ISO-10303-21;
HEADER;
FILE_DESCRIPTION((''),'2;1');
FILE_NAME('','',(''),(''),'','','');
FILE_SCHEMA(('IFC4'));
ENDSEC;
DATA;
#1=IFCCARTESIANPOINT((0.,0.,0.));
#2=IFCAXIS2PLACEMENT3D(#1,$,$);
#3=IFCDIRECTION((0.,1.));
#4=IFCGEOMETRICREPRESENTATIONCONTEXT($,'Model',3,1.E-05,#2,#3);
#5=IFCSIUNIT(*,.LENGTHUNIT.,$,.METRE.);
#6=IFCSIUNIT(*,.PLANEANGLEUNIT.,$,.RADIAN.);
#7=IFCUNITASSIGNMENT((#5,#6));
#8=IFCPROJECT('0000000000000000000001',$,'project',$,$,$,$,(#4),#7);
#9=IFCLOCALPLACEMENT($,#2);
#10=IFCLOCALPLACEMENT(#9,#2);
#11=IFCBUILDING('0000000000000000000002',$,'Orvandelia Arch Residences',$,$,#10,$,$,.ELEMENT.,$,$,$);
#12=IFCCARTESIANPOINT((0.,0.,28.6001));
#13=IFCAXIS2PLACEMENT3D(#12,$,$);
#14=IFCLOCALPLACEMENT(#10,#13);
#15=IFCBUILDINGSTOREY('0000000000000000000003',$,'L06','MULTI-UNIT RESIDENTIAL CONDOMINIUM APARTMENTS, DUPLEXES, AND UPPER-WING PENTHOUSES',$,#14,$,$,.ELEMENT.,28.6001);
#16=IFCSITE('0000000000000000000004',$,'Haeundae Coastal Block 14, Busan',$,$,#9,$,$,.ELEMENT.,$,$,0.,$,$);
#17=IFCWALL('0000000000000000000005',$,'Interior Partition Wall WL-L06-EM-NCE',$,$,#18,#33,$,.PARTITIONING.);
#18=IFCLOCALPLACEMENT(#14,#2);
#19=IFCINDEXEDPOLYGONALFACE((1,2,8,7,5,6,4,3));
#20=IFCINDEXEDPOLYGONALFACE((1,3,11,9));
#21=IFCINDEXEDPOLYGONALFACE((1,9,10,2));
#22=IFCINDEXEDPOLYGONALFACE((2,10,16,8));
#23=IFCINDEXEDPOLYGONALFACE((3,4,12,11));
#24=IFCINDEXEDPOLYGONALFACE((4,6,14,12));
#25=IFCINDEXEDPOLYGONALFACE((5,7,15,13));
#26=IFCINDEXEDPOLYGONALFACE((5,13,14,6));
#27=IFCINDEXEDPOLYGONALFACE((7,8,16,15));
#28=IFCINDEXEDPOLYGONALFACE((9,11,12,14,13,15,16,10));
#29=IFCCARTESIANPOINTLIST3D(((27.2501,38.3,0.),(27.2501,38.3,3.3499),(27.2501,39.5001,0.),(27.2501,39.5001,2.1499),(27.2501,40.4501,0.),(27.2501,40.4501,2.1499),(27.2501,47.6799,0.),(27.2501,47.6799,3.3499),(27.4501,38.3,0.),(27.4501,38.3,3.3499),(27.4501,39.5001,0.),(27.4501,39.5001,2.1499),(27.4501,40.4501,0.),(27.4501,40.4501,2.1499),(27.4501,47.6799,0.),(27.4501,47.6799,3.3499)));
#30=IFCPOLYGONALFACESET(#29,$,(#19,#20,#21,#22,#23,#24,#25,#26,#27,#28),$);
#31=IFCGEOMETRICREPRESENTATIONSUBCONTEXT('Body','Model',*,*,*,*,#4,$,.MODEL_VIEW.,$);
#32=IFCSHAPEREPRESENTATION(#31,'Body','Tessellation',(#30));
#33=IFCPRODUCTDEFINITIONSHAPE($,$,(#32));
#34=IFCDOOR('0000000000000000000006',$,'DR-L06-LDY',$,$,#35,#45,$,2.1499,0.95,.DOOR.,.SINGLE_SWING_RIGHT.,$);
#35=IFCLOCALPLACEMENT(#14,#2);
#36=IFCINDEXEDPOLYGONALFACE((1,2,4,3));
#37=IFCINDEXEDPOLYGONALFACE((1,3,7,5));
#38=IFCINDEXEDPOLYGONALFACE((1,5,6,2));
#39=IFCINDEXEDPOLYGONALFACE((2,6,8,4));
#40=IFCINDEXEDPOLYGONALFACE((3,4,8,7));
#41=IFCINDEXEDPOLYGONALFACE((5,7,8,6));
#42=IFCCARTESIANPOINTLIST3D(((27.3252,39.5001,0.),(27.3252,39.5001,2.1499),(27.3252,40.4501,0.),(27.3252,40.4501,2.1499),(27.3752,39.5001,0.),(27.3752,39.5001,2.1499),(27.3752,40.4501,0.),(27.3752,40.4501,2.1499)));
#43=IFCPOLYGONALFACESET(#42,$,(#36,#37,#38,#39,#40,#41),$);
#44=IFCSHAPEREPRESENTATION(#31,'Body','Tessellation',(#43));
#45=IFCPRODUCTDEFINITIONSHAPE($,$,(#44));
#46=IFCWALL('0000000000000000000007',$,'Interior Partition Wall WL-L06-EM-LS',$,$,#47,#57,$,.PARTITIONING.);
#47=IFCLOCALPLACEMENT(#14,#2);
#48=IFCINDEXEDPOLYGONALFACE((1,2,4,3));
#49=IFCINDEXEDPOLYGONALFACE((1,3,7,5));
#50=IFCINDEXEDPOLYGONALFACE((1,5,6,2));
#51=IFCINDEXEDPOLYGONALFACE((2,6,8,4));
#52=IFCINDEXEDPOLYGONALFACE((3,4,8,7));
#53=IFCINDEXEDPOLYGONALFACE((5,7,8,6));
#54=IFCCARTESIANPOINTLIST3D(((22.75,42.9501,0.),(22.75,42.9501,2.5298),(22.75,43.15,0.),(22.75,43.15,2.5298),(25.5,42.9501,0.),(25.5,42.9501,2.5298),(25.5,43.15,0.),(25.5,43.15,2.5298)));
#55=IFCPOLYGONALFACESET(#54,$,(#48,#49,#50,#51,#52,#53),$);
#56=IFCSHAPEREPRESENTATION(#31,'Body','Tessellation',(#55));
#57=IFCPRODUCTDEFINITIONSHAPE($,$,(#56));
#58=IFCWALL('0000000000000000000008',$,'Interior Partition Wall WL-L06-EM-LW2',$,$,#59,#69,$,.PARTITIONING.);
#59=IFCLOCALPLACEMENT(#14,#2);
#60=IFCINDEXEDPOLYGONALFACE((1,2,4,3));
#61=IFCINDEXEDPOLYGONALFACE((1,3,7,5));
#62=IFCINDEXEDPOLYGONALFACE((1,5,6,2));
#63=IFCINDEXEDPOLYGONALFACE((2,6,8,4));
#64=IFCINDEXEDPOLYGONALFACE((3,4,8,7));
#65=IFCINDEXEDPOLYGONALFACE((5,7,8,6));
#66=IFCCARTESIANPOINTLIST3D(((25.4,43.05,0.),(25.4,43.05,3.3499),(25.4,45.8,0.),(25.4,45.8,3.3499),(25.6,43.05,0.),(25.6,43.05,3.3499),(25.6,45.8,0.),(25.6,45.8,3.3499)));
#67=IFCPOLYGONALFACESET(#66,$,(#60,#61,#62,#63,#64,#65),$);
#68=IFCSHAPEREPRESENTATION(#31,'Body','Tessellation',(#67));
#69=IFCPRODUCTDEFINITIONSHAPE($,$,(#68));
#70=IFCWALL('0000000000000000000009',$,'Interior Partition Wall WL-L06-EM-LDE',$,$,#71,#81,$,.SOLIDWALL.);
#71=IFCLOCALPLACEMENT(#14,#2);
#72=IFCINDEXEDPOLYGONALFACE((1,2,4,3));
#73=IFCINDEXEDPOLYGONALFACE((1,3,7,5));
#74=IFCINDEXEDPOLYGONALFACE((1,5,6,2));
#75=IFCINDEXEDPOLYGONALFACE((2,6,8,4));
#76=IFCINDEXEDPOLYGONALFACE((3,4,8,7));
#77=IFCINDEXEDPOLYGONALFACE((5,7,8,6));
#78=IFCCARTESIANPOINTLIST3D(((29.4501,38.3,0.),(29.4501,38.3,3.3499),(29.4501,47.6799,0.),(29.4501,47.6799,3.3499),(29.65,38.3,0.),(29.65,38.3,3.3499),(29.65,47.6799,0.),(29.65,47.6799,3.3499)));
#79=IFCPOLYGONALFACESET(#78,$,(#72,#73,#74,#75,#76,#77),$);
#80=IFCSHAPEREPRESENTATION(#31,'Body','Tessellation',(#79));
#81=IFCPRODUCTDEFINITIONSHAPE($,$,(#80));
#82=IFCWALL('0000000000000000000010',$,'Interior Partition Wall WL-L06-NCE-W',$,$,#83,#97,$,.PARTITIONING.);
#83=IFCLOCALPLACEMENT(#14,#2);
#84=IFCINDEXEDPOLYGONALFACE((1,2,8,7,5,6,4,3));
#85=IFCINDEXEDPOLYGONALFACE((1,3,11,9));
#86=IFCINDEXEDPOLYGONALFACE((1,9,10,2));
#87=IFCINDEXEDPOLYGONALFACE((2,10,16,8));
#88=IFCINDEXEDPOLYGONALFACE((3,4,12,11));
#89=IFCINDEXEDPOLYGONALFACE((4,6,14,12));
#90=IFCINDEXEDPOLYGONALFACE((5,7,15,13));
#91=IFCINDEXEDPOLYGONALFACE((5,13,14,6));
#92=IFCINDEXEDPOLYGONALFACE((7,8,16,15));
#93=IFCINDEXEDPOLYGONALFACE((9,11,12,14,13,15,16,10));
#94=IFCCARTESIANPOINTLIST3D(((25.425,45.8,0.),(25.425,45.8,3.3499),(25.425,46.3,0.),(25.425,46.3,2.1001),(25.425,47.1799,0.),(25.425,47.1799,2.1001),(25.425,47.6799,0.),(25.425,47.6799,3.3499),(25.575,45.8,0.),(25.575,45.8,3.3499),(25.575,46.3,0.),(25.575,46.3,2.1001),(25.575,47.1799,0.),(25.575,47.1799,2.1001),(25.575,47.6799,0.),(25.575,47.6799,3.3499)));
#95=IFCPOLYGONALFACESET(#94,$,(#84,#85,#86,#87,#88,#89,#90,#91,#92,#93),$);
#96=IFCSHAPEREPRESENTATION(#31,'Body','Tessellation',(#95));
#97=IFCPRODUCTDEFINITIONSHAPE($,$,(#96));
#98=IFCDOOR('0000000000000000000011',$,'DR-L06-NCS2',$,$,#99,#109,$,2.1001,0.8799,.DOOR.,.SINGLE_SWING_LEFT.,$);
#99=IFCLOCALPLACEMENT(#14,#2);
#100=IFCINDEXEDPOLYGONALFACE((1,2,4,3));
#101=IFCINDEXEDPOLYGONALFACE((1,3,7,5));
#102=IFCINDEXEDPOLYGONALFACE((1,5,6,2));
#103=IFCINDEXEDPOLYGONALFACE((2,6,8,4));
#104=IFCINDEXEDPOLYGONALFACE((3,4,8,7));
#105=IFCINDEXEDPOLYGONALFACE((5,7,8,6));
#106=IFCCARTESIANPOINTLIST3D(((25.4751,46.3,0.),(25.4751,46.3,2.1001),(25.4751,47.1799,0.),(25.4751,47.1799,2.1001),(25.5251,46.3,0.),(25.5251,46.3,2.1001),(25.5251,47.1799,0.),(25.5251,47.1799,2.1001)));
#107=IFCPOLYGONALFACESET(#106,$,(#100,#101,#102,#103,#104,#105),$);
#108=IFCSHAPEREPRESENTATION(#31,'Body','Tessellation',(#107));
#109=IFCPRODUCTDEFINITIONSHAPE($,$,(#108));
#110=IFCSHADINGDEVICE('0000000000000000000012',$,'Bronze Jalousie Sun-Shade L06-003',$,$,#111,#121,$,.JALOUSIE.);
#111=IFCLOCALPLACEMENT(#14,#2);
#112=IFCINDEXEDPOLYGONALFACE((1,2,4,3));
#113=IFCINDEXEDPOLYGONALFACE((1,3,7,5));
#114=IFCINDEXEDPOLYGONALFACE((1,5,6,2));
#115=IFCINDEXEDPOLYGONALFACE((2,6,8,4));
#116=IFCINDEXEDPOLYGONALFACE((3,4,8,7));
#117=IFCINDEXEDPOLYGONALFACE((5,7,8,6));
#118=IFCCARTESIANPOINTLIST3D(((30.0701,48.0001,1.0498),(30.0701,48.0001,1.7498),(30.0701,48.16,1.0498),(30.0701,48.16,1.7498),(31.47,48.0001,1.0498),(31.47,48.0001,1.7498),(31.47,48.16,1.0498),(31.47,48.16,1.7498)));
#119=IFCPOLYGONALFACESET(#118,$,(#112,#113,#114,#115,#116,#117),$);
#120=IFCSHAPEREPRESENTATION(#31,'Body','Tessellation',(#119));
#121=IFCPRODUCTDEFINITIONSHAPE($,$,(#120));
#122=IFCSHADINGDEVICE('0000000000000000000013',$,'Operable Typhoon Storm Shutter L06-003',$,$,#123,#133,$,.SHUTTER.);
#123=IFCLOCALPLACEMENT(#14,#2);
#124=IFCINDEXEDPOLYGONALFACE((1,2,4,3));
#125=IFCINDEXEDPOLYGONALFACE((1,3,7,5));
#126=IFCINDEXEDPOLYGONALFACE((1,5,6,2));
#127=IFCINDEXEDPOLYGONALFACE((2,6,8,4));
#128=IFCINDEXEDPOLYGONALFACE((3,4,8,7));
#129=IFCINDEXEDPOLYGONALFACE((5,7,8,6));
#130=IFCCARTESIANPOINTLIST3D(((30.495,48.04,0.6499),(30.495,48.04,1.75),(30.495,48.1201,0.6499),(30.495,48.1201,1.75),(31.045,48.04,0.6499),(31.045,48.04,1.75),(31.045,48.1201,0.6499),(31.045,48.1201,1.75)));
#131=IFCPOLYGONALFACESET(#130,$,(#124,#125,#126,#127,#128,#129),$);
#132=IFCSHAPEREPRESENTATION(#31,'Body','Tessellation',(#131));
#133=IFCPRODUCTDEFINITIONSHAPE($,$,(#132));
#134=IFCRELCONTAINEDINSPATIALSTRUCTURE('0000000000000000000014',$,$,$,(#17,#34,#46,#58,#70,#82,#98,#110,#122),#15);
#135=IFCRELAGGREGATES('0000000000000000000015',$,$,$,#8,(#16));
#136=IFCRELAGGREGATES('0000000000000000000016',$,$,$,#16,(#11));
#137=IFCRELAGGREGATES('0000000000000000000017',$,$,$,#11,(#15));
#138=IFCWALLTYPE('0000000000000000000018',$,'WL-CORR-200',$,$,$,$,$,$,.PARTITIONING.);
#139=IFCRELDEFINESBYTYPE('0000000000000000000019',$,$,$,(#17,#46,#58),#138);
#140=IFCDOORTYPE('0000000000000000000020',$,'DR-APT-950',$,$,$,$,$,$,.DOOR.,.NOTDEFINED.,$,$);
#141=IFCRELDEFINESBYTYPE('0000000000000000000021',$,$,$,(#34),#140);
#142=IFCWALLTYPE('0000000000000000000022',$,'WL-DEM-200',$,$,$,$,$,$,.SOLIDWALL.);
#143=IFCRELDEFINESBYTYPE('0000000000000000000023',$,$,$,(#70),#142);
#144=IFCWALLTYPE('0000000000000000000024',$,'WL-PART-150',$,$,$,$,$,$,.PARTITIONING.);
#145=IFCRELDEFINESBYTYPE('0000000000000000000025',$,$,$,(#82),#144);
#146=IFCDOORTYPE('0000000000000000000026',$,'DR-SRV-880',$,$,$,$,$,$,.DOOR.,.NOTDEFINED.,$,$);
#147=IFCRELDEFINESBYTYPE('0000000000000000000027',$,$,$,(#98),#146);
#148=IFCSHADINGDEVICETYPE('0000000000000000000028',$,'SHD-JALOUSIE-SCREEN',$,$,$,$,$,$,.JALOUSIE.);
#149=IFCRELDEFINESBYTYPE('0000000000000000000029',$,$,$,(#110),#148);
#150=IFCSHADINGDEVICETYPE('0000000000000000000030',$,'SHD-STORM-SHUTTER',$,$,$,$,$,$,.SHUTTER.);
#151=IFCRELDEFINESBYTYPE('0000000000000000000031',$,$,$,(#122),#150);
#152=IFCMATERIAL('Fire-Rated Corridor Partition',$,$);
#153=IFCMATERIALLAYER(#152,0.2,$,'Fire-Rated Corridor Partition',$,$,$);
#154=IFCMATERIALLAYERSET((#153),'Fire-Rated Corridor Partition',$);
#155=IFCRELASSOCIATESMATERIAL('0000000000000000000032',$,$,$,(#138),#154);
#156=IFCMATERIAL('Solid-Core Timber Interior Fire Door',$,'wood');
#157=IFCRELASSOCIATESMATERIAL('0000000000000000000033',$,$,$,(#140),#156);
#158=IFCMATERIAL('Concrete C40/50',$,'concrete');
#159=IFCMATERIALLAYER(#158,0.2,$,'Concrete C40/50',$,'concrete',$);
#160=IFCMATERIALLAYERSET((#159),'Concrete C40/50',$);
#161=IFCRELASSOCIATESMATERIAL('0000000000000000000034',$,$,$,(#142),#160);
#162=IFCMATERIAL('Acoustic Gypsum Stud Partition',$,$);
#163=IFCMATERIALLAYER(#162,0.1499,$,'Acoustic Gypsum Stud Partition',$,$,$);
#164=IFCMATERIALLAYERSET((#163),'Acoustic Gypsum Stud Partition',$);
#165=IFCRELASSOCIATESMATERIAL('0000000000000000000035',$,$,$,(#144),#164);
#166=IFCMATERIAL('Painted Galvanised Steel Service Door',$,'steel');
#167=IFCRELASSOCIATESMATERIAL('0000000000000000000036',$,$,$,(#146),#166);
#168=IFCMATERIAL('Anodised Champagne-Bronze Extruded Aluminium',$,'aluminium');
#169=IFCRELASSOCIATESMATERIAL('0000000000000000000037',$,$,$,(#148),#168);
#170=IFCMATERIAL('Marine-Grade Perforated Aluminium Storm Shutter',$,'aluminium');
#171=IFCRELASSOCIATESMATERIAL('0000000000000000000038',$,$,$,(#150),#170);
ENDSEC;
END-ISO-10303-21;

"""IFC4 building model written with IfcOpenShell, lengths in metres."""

from ifc_helpers import new_model, si_unit, direction, frame, frame_2d, origin, origin_2d, place, context, subcontext, project, spatial, rectangle, extrude, material, layer, layer_set, type_object, element, fill, save


model = new_model("IFC4")

# Units and contexts
model_context = context("Model", 3, precision=1e-05, world=origin(), true_north=direction((0.0, 1.0)))
body_context = subcontext(model_context, "Body", "Model", "MODEL_VIEW")
ifc_project = project(units=[si_unit("LENGTHUNIT", "METRE"), si_unit("PLANEANGLEUNIT", "RADIAN")], contexts=[model_context])

# Site, building, storey
site_placement = place(None, origin())
site = spatial("IfcSite", under=ifc_project, at=site_placement, Name="Haeundae Coastal Block 14, Busan", CompositionType="ELEMENT", RefElevation=0.0)
building_placement = place(site_placement, origin())
building = spatial("IfcBuilding", under=site, at=building_placement, Name="Orvandelia Arch Residences", CompositionType="ELEMENT")
storey_placement = place(building_placement, frame((0.0, 0.0, 28.6001)))
storey = spatial("IfcBuildingStorey", under=building, at=storey_placement, Name="L06", Description="MULTI-UNIT RESIDENTIAL CONDOMINIUM APARTMENTS, DUPLEXES, AND UPPER-WING PENTHOUSES", CompositionType="ELEMENT", Elevation=28.6001)

# Shared definitions
ifc_material_1 = material(Name="Fire-Rated Corridor Partition")
ifc_layer_1 = layer(ifc_material_1, 0.2, Name="Fire-Rated Corridor Partition")
ifc_layer_set_1 = layer_set([ifc_layer_1], Name="Fire-Rated Corridor Partition")
wall_type_1 = type_object("IfcWallType", Name="WL-CORR-200", PredefinedType="PARTITIONING", material=ifc_layer_set_1)

# Wall, opening, door
wall_1_placement = place(storey_placement, frame((27.3501, 38.3, 0.0), z_axis=(0.0, 0.0, 1.0), x_axis=(0.0, 1.0, 0.0)))
wall_1 = element("IfcWall", 1, at=wall_1_placement, inside=storey, type_object=wall_type_1, Name="Interior Partition Wall WL-L06-EM-NCE", PredefinedType="PARTITIONING", context=body_context, shape_type="SweptSolid", body=[
    extrude(rectangle(XDim=9.3799, YDim=0.2, at=frame_2d((4.6899, 0.0))), origin(), (0.0, 0.0, 1.0), 3.3499),
])
opening_1_placement = place(wall_1_placement, frame((1.2, 0.0, 0.0)))
opening_1 = element("IfcOpeningElement", 2, at=opening_1_placement, cuts=wall_1, PredefinedType="OPENING", context=body_context, shape_type="SweptSolid", body=[
    extrude(rectangle(XDim=0.95, YDim=2.1499, at=frame_2d((0.4751, 1.075))), frame((0.0, 0.1099, 0.0), z_axis=(0.0, -1.0, 0.0), x_axis=(1.0, 0.0, 0.0)), (0.0, 0.0, 1.0), 0.22),
])
ifc_material_2 = material(Name="Solid-Core Timber Interior Fire Door", Category="wood")
door_type_1 = type_object("IfcDoorType", Name="DR-APT-950", OperationType="NOTDEFINED", PredefinedType="DOOR", material=ifc_material_2)
door_1_placement = place(opening_1_placement, origin())
door_1 = element("IfcDoor", 3, at=door_1_placement, inside=storey, type_object=door_type_1, Name="DR-L06-LDY", OperationType="SINGLE_SWING_RIGHT", OverallHeight=2.1499, OverallWidth=0.95, PredefinedType="DOOR", context=body_context, shape_type="SweptSolid", body=[
    extrude(rectangle(XDim=0.95, YDim=2.1499, at=frame_2d((0.4751, 1.075))), frame((0.0, 0.0249, 0.0), z_axis=(0.0, -1.0, 0.0), x_axis=(1.0, 0.0, 0.0)), (0.0, 0.0, 1.0), 0.05),
])
fill(opening_1, door_1)

# Walls
wall_2_placement = place(storey_placement, frame((22.75, 43.05, 0.0), z_axis=(0.0, 0.0, 1.0), x_axis=(1.0, 0.0, 0.0)))
element("IfcWall", 4, at=wall_2_placement, inside=storey, type_object=wall_type_1, Name="Interior Partition Wall WL-L06-EM-LS", PredefinedType="PARTITIONING", context=body_context, shape_type="SweptSolid", body=[
    extrude(rectangle(XDim=2.75, YDim=0.2, at=frame_2d((1.375, 0.0))), origin(), (0.0, 0.0, 1.0), 2.5298),
])
wall_3_placement = place(storey_placement, frame((25.5, 43.05, 0.0), z_axis=(0.0, 0.0, 1.0), x_axis=(0.0, 1.0, 0.0)))
element("IfcWall", 5, at=wall_3_placement, inside=storey, type_object=wall_type_1, Name="Interior Partition Wall WL-L06-EM-LW2", PredefinedType="PARTITIONING", context=body_context, shape_type="SweptSolid", body=[
    extrude(rectangle(XDim=2.75, YDim=0.2, at=frame_2d((1.375, 0.0))), origin(), (0.0, 0.0, 1.0), 3.3499),
])
ifc_material_3 = material(Name="Concrete C40/50", Category="concrete")
ifc_layer_2 = layer(ifc_material_3, 0.2, Name="Concrete C40/50", Category="concrete")
ifc_layer_set_2 = layer_set([ifc_layer_2], Name="Concrete C40/50")
wall_type_2 = type_object("IfcWallType", Name="WL-DEM-200", PredefinedType="SOLIDWALL", material=ifc_layer_set_2)
wall_4_placement = place(storey_placement, frame((29.55, 38.3, 0.0), z_axis=(0.0, 0.0, 1.0), x_axis=(0.0, 1.0, 0.0)))
element("IfcWall", 6, at=wall_4_placement, inside=storey, type_object=wall_type_2, Name="Interior Partition Wall WL-L06-EM-LDE", PredefinedType="SOLIDWALL", context=body_context, shape_type="SweptSolid", body=[
    extrude(rectangle(XDim=9.3799, YDim=0.2, at=frame_2d((4.6899, 0.0))), origin(), (0.0, 0.0, 1.0), 3.3499),
])

# Wall, opening, door
ifc_material_4 = material(Name="Acoustic Gypsum Stud Partition")
ifc_layer_3 = layer(ifc_material_4, 0.1499, Name="Acoustic Gypsum Stud Partition")
ifc_layer_set_3 = layer_set([ifc_layer_3], Name="Acoustic Gypsum Stud Partition")
wall_type_3 = type_object("IfcWallType", Name="WL-PART-150", PredefinedType="PARTITIONING", material=ifc_layer_set_3)
wall_5_placement = place(storey_placement, frame((25.5, 45.8, 0.0), z_axis=(0.0, 0.0, 1.0), x_axis=(0.0, 1.0, 0.0)))
wall_5 = element("IfcWall", 7, at=wall_5_placement, inside=storey, type_object=wall_type_3, Name="Interior Partition Wall WL-L06-NCE-W", PredefinedType="PARTITIONING", context=body_context, shape_type="SweptSolid", body=[
    extrude(rectangle(XDim=1.8799, YDim=0.1499, at=frame_2d((0.9399, 0.0))), origin(), (0.0, 0.0, 1.0), 3.3499),
])
opening_2_placement = place(wall_5_placement, frame((0.5, 0.0, 0.0)))
opening_2 = element("IfcOpeningElement", 8, at=opening_2_placement, cuts=wall_5, PredefinedType="OPENING", context=body_context, shape_type="SweptSolid", body=[
    extrude(rectangle(XDim=0.8799, YDim=2.1001, at=frame_2d((0.4399, 1.05))), frame((0.0, 0.085, 0.0), z_axis=(0.0, -1.0, 0.0), x_axis=(1.0, 0.0, 0.0)), (0.0, 0.0, 1.0), 0.1699),
])
ifc_material_5 = material(Name="Painted Galvanised Steel Service Door", Category="steel")
door_type_2 = type_object("IfcDoorType", Name="DR-SRV-880", OperationType="NOTDEFINED", PredefinedType="DOOR", material=ifc_material_5)
door_2_placement = place(opening_2_placement, origin())
door_2 = element("IfcDoor", 9, at=door_2_placement, inside=storey, type_object=door_type_2, Name="DR-L06-NCS2", OperationType="SINGLE_SWING_LEFT", OverallHeight=2.1001, OverallWidth=0.8799, PredefinedType="DOOR", context=body_context, shape_type="SweptSolid", body=[
    extrude(rectangle(XDim=0.8799, YDim=2.1001, at=frame_2d((0.4399, 1.05))), frame((0.0, 0.0249, 0.0), z_axis=(0.0, -1.0, 0.0), x_axis=(1.0, 0.0, 0.0)), (0.0, 0.0, 1.0), 0.05),
])
fill(opening_2, door_2)

# Shading devices
ifc_material_6 = material(Name="Anodised Champagne-Bronze Extruded Aluminium", Category="aluminium")
shading_device_type_1 = type_object("IfcShadingDeviceType", Name="SHD-JALOUSIE-SCREEN", PredefinedType="JALOUSIE", material=ifc_material_6)
shading_device_1_placement = place(storey_placement, frame((30.77, 48.0801, 1.0498), z_axis=(0.0, 0.0, 1.0), x_axis=(1.0, 0.0, 0.0)))
element("IfcShadingDevice", 10, at=shading_device_1_placement, inside=storey, type_object=shading_device_type_1, Name="Bronze Jalousie Sun-Shade L06-003", PredefinedType="JALOUSIE", context=body_context, shape_type="SweptSolid", body=[
    extrude(rectangle(XDim=1.3999, YDim=0.1599, at=origin_2d()), origin(), (0.0, 0.0, 1.0), 0.7),
])
ifc_material_7 = material(Name="Marine-Grade Perforated Aluminium Storm Shutter", Category="aluminium")
shading_device_type_2 = type_object("IfcShadingDeviceType", Name="SHD-STORM-SHUTTER", PredefinedType="SHUTTER", material=ifc_material_7)
shading_device_2_placement = place(storey_placement, frame((30.77, 48.0801, 0.6499), z_axis=(0.0, 0.0, 1.0), x_axis=(1.0, 0.0, 0.0)))
element("IfcShadingDevice", 11, at=shading_device_2_placement, inside=storey, type_object=shading_device_type_2, Name="Operable Typhoon Storm Shutter L06-003", PredefinedType="SHUTTER", context=body_context, shape_type="SweptSolid", body=[
    extrude(rectangle(XDim=0.55, YDim=0.0801, at=origin_2d()), origin(), (0.0, 0.0, 1.0), 1.1001),
])

save(model, "model.ifc")
